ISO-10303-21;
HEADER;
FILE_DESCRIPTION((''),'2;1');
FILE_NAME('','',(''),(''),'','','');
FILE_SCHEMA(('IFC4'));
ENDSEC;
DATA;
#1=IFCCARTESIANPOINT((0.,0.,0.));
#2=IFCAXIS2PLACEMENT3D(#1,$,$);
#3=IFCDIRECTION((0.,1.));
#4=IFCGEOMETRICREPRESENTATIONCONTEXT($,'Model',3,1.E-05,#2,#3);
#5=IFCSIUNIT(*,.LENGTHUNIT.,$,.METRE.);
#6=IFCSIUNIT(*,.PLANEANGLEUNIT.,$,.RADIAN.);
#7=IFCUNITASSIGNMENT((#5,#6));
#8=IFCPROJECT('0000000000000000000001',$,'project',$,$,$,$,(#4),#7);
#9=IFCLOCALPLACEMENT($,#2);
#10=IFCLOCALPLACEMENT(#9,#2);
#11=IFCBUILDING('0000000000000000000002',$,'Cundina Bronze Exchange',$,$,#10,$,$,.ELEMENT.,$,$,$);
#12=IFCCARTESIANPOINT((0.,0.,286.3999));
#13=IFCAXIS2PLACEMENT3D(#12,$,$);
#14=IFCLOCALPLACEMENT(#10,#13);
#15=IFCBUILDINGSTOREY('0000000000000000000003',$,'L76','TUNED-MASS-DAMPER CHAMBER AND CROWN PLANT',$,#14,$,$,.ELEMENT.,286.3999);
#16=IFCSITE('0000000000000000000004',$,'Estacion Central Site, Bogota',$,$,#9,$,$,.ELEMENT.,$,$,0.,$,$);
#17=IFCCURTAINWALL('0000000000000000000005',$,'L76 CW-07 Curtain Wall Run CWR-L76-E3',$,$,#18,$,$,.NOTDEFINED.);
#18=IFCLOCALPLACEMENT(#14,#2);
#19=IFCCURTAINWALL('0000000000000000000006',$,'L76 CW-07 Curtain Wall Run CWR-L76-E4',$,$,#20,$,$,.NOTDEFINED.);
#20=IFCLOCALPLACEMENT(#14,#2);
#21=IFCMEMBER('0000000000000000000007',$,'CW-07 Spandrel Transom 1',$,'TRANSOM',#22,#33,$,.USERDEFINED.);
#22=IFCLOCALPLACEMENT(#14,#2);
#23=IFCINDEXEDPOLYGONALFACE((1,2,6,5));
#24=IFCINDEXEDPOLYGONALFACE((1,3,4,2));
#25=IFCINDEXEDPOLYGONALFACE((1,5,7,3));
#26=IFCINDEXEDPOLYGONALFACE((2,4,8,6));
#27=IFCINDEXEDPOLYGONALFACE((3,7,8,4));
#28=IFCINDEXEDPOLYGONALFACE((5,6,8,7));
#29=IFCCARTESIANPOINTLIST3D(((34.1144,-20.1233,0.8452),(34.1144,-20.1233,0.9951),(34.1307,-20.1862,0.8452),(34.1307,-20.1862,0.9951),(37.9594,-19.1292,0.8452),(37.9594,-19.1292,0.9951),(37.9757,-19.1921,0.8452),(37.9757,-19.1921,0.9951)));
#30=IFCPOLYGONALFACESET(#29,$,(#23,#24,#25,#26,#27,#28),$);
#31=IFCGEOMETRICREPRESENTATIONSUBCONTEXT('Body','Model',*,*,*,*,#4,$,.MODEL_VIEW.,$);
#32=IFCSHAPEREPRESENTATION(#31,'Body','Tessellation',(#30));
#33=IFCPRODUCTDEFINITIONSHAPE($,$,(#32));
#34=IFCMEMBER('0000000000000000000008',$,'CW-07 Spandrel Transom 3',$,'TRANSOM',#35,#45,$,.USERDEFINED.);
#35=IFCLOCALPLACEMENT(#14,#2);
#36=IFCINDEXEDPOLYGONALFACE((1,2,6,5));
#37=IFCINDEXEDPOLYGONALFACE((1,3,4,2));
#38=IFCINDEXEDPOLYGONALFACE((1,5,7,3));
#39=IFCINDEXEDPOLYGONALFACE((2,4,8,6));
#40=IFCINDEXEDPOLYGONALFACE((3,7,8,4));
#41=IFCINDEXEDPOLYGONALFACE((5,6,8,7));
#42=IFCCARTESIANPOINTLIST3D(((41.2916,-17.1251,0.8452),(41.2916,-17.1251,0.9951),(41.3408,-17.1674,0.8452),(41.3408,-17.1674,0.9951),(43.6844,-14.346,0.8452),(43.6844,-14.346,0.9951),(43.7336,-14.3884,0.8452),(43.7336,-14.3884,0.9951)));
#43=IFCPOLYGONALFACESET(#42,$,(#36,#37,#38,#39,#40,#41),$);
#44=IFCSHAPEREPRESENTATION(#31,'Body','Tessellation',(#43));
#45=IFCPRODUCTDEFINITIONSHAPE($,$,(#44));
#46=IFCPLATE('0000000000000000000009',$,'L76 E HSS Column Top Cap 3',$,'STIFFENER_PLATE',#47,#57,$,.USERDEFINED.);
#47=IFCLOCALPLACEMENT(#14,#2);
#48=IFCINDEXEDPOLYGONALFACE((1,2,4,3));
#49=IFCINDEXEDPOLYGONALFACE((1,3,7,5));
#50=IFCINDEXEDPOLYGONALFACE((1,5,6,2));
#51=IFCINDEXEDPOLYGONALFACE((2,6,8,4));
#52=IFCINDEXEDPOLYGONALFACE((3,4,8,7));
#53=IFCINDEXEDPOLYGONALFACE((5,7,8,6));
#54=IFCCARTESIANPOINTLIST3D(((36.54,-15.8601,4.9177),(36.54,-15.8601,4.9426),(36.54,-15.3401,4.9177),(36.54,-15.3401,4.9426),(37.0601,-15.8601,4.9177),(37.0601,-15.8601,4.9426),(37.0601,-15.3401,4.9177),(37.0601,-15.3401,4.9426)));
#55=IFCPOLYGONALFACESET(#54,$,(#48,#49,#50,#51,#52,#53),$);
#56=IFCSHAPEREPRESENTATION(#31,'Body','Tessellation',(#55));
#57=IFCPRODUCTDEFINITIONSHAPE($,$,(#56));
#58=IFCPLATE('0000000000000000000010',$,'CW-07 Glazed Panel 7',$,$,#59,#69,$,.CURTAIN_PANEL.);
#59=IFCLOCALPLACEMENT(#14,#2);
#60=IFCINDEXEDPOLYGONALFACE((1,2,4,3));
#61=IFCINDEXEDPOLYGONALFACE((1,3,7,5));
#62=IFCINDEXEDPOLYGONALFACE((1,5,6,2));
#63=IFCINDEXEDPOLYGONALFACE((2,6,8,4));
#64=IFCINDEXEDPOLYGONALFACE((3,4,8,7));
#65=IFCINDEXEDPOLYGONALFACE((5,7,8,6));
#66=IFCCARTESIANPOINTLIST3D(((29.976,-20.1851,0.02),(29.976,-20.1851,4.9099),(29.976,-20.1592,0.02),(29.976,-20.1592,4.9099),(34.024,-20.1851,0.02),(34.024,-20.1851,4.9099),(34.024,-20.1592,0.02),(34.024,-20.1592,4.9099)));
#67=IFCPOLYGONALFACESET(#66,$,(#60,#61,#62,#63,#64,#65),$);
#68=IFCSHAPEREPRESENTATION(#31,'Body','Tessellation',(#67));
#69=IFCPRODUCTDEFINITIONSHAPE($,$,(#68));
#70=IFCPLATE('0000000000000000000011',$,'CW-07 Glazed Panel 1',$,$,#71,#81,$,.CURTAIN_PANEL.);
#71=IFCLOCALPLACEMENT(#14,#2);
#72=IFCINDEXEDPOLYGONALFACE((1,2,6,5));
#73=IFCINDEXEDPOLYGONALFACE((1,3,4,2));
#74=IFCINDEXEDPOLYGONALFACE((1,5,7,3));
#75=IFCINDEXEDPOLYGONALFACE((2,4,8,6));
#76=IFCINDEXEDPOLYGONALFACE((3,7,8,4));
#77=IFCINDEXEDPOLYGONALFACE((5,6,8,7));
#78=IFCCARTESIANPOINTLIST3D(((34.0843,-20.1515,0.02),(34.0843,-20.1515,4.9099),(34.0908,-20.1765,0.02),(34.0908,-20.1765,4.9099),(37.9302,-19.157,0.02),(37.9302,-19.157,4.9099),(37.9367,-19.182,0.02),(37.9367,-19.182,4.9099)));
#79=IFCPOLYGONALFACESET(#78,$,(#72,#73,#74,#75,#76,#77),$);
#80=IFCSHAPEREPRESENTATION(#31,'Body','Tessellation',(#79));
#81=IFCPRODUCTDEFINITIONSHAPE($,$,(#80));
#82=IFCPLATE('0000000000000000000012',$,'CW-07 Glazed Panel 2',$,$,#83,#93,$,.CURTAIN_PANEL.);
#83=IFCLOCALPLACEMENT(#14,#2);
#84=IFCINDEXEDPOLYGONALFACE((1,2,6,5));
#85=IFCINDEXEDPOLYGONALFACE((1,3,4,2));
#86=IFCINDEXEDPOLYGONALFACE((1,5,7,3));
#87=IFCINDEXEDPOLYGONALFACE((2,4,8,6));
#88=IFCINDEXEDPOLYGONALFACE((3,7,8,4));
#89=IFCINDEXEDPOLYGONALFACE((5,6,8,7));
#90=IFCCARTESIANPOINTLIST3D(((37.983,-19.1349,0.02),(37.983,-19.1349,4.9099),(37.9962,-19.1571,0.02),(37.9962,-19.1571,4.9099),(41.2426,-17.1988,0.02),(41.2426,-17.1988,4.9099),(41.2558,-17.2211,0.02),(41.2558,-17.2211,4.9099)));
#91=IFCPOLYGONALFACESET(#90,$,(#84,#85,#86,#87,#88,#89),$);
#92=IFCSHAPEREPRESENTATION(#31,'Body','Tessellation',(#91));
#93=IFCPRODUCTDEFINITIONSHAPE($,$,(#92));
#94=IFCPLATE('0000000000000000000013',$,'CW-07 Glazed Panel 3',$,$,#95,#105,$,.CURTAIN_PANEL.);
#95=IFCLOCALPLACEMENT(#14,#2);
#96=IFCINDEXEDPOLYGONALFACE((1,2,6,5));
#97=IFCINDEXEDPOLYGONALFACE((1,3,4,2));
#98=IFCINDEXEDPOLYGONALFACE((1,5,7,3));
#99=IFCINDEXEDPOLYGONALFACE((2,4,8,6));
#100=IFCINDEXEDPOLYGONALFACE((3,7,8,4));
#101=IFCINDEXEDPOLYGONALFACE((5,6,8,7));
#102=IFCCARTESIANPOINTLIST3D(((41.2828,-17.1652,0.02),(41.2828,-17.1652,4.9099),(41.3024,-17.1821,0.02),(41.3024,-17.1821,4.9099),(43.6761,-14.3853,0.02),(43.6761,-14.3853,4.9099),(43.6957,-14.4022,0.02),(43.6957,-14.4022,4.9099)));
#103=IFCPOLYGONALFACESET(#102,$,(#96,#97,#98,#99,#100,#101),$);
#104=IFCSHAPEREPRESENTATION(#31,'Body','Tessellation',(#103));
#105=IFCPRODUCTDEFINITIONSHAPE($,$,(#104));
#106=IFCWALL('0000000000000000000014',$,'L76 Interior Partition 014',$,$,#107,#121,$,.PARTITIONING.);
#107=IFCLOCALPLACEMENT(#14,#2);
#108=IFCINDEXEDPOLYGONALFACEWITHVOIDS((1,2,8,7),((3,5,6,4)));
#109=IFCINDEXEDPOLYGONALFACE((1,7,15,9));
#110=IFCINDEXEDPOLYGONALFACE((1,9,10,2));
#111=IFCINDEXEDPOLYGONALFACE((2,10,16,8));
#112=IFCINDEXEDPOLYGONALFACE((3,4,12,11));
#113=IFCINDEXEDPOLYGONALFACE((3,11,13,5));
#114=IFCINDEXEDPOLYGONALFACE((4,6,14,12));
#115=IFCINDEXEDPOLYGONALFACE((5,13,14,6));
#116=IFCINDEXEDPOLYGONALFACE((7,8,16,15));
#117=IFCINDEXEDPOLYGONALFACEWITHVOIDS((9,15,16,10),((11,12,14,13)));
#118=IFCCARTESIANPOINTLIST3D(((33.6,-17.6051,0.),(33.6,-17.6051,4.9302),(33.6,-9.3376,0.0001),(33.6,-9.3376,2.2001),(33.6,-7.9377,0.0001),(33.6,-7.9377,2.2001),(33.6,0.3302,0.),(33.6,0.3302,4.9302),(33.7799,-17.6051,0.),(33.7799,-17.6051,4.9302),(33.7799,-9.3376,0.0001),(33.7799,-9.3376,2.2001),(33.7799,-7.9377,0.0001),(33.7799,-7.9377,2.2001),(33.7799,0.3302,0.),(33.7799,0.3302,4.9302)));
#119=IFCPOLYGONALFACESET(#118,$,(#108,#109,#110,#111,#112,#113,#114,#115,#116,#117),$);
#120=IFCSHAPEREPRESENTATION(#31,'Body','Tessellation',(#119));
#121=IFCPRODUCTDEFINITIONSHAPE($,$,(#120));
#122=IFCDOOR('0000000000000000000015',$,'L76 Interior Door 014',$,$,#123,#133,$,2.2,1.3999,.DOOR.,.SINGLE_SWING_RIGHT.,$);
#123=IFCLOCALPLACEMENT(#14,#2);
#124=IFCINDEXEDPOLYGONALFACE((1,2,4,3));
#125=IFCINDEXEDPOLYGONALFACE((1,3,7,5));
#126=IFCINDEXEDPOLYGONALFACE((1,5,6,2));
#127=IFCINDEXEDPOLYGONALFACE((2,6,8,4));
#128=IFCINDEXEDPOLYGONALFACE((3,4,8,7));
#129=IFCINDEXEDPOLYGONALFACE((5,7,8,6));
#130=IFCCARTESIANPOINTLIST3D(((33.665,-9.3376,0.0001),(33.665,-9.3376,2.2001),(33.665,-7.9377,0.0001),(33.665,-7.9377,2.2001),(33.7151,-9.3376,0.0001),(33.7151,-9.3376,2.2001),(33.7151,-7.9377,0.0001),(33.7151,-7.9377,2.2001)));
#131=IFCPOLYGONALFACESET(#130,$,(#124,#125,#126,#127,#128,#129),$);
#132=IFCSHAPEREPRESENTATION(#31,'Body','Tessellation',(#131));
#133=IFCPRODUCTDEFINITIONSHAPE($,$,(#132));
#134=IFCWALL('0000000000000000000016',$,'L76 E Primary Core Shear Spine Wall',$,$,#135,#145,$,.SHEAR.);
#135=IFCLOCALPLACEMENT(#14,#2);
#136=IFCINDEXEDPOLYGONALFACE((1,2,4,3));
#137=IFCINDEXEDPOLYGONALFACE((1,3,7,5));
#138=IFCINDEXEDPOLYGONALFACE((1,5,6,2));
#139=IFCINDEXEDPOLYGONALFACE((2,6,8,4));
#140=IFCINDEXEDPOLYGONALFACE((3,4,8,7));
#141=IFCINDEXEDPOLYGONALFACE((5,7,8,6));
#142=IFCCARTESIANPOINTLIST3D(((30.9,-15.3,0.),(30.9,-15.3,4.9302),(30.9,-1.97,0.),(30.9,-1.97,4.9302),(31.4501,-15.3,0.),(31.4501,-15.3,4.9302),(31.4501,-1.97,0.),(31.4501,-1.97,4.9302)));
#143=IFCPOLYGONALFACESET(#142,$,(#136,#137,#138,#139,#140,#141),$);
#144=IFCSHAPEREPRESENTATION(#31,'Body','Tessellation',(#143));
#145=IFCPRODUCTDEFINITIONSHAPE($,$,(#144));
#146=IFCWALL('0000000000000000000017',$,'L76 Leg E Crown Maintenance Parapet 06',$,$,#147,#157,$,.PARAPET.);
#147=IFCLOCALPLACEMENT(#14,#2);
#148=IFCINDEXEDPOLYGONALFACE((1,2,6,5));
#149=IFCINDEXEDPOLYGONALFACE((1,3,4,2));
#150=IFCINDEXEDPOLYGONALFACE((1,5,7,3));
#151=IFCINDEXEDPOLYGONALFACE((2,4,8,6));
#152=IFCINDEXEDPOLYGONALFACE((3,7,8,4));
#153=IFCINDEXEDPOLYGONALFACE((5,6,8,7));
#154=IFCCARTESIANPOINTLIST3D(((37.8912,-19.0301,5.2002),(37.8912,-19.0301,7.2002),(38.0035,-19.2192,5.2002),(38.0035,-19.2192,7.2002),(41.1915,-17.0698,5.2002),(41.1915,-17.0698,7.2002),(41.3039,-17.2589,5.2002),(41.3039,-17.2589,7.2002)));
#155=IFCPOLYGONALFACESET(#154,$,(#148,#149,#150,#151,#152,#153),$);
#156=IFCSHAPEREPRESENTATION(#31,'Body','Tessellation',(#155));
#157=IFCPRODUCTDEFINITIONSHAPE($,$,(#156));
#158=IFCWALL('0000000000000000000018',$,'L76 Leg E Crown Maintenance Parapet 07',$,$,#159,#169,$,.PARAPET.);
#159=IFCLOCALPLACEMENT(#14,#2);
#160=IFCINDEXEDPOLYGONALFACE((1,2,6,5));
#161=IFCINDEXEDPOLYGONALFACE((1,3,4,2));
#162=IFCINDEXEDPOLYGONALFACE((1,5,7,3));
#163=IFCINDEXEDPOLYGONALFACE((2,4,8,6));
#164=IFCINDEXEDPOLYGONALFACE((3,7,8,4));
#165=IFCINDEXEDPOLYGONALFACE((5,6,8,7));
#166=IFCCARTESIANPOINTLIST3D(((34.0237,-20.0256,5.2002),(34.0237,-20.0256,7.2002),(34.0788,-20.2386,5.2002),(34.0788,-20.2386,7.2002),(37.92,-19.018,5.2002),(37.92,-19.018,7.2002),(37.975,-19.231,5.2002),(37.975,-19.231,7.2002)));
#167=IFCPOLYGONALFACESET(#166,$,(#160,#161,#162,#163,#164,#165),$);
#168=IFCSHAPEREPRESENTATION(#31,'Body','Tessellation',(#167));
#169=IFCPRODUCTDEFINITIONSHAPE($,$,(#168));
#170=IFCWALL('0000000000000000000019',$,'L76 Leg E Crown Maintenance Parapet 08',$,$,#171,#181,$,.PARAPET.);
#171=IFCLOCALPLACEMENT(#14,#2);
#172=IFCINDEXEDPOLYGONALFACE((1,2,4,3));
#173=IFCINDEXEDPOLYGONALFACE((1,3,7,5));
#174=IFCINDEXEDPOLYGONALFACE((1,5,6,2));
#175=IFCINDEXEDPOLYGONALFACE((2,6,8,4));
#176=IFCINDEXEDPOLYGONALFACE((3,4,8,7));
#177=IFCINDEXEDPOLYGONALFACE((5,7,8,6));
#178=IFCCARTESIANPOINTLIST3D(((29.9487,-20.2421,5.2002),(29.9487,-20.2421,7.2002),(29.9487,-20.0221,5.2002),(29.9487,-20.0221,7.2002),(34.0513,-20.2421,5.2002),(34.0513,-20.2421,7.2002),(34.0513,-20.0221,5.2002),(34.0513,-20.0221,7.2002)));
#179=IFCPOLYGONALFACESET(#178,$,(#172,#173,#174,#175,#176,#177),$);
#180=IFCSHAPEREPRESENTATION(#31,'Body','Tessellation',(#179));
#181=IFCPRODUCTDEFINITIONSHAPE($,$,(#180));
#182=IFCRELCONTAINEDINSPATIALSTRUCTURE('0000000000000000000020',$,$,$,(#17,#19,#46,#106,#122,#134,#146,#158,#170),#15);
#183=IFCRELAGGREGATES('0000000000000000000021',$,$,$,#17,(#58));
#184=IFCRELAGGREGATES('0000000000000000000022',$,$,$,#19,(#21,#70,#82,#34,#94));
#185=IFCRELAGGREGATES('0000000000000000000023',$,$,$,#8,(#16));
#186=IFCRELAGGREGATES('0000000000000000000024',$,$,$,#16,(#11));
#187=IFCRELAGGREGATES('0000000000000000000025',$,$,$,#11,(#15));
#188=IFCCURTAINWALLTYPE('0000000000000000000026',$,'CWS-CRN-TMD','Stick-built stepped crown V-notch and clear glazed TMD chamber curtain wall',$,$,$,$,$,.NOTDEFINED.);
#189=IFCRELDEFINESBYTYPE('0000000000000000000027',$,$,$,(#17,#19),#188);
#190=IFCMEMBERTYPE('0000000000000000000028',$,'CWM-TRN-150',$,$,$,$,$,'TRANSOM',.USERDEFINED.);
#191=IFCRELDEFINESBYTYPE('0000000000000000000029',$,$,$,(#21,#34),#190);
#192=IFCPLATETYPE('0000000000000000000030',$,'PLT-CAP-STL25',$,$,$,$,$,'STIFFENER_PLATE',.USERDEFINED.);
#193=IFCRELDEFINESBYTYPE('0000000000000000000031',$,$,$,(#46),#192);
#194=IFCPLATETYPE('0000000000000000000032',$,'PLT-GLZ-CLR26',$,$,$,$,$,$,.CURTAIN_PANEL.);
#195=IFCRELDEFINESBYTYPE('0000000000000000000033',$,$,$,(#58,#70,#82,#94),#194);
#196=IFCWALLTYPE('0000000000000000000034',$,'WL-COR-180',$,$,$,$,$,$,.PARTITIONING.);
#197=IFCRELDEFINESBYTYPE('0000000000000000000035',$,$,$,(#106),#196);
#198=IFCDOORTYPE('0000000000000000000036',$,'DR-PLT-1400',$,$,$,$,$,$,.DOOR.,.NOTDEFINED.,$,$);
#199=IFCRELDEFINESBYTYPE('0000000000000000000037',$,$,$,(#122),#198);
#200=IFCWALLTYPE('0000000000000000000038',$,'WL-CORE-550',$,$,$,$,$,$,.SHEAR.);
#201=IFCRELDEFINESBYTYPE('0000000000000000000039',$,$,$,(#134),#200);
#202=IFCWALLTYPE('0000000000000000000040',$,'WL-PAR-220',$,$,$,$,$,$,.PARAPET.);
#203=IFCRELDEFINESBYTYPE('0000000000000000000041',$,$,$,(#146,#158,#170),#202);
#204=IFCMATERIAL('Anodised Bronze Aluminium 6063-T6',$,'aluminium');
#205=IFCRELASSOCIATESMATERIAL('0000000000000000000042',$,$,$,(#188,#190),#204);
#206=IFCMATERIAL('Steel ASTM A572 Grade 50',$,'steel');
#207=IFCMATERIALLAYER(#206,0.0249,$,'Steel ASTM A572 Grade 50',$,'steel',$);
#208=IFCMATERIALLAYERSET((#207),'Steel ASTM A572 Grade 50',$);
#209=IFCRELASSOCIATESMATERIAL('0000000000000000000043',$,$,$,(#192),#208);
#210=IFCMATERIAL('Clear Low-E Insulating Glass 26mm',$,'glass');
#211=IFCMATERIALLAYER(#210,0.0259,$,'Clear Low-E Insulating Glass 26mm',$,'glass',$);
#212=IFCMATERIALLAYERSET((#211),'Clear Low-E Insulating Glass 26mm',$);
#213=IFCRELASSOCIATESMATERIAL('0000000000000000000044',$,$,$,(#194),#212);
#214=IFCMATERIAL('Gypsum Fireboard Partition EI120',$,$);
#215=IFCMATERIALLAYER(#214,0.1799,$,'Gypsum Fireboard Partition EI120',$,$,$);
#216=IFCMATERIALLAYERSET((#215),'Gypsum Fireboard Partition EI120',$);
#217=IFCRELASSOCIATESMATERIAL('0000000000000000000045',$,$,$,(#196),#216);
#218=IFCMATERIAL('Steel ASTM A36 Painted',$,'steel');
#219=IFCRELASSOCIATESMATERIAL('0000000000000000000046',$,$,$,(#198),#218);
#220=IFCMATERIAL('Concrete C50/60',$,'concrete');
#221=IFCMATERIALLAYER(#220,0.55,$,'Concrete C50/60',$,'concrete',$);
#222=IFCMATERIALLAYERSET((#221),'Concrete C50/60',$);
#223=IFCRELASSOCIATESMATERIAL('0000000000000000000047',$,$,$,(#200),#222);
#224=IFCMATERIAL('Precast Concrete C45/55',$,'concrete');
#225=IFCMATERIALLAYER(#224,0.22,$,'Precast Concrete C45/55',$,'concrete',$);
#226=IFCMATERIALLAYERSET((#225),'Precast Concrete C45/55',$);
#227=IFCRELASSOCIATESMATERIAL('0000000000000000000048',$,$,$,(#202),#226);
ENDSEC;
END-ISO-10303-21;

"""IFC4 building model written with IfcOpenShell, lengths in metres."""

from ifc_helpers import new_model, si_unit, direction, frame, frame_2d, origin, origin_2d, place, context, subcontext, project, spatial, rectangle, extrude, material, layer, layer_set, material_profile, profile_set, type_object, element, fill, aggregate, save


model = new_model("IFC4")

# Units and contexts
model_context = context("Model", 3, precision=1e-05, world=origin(), true_north=direction((0.0, 1.0)))
body_context = subcontext(model_context, "Body", "Model", "MODEL_VIEW")
ifc_project = project(units=[si_unit("LENGTHUNIT", "METRE"), si_unit("PLANEANGLEUNIT", "RADIAN")], contexts=[model_context])

# Site, building, storey
site_placement = place(None, origin())
site = spatial("IfcSite", under=ifc_project, at=site_placement, Name="Estacion Central Site, Bogota", CompositionType="ELEMENT", RefElevation=0.0)
building_placement = place(site_placement, origin())
building = spatial("IfcBuilding", under=site, at=building_placement, Name="Cundina Bronze Exchange", CompositionType="ELEMENT")
storey_placement = place(building_placement, frame((0.0, 0.0, 286.3999)))
storey = spatial("IfcBuildingStorey", under=building, at=storey_placement, Name="L76", Description="TUNED-MASS-DAMPER CHAMBER AND CROWN PLANT", CompositionType="ELEMENT", Elevation=286.3999)

# Curtain wall
ifc_material_1 = material(Name="Anodised Bronze Aluminium 6063-T6", Category="aluminium")
curtain_wall_type = type_object("IfcCurtainWallType", Name="CWS-CRN-TMD", Description="Stick-built stepped crown V-notch and clear glazed TMD chamber curtain wall", PredefinedType="NOTDEFINED", material=ifc_material_1)
curtain_wall_1_placement = place(storey_placement, origin())
curtain_wall_1 = element("IfcCurtainWall", 1, at=curtain_wall_1_placement, inside=storey, type_object=curtain_wall_type, Name="L76 CW-07 Curtain Wall Run CWR-L76-E3", PredefinedType="NOTDEFINED")

# Curtain wall
curtain_wall_2_placement = place(storey_placement, origin())
curtain_wall_2 = element("IfcCurtainWall", 2, at=curtain_wall_2_placement, inside=storey, type_object=curtain_wall_type, Name="L76 CW-07 Curtain Wall Run CWR-L76-E4", PredefinedType="NOTDEFINED")

# Members
ifc_material_profile_1 = material_profile(ifc_material_1, rectangle(XDim=0.0649, YDim=0.1499, at=origin_2d()), Name="AL65X150", Category="aluminium")
ifc_profile_set_1 = profile_set([ifc_material_profile_1], Name="Anodised Bronze Aluminium 6063-T6")
member_type_1 = type_object("IfcMemberType", Name="CWM-TRN-150", ElementType="TRANSOM", PredefinedType="USERDEFINED", material=ifc_profile_set_1)
member_1_placement = place(storey_placement, frame((34.1226, -20.1548, 0.9202), z_axis=(0.968162, 0.250324, 0.0), x_axis=(-0.250324, 0.968162, 0.0)))
member_1 = element("IfcMember", 3, at=member_1_placement, type_object=member_type_1, Name="CW-07 Spandrel Transom 1", ObjectType="TRANSOM", PredefinedType="USERDEFINED", context=body_context, shape_type="SweptSolid", body=[
    extrude(rectangle(XDim=0.0649, YDim=0.1499, at=origin_2d()), origin(), (0.0, 0.0, 1.0), 3.9714),
])
member_2_placement = place(storey_placement, frame((41.3162, -17.1462, 0.9202), z_axis=(0.652484, 0.757803, 0.0), x_axis=(-0.757803, 0.652484, 0.0)))
member_2 = element("IfcMember", 4, at=member_2_placement, type_object=member_type_1, Name="CW-07 Spandrel Transom 3", ObjectType="TRANSOM", PredefinedType="USERDEFINED", context=body_context, shape_type="SweptSolid", body=[
    extrude(rectangle(XDim=0.0649, YDim=0.1499, at=origin_2d()), origin(), (0.0, 0.0, 1.0), 3.6672),
])

# Plates
ifc_material_2 = material(Name="Steel ASTM A572 Grade 50", Category="steel")
ifc_layer_1 = layer(ifc_material_2, 0.0249, Name="Steel ASTM A572 Grade 50", Category="steel")
ifc_layer_set_1 = layer_set([ifc_layer_1], Name="Steel ASTM A572 Grade 50")
plate_type_1 = type_object("IfcPlateType", Name="PLT-CAP-STL25", ElementType="STIFFENER_PLATE", PredefinedType="USERDEFINED", material=ifc_layer_set_1)
plate_1_placement = place(storey_placement, frame((36.8, -15.6001, 4.9177), z_axis=(0.0, 0.0, 1.0), x_axis=(1.0, 0.0, 0.0)))
element("IfcPlate", 5, at=plate_1_placement, inside=storey, type_object=plate_type_1, Name="L76 E HSS Column Top Cap 3", ObjectType="STIFFENER_PLATE", PredefinedType="USERDEFINED", context=body_context, shape_type="SweptSolid", body=[
    extrude(rectangle(XDim=0.52, YDim=0.52, at=origin_2d()), origin(), (0.0, 0.0, 1.0), 0.0249),
])
ifc_material_3 = material(Name="Clear Low-E Insulating Glass 26mm", Category="glass")
ifc_layer_2 = layer(ifc_material_3, 0.0259, Name="Clear Low-E Insulating Glass 26mm", Category="glass")
ifc_layer_set_2 = layer_set([ifc_layer_2], Name="Clear Low-E Insulating Glass 26mm")
plate_type_2 = type_object("IfcPlateType", Name="PLT-GLZ-CLR26", PredefinedType="CURTAIN_PANEL", material=ifc_layer_set_2)
plate_2_placement = place(storey_placement, frame((32.0, -20.1721, 0.02), z_axis=(0.0, 0.0, 1.0), x_axis=(1.0, 0.0, 0.0)))
plate_2 = element("IfcPlate", 6, at=plate_2_placement, type_object=plate_type_2, Name="CW-07 Glazed Panel 7", PredefinedType="CURTAIN_PANEL", context=body_context, shape_type="SweptSolid", body=[
    extrude(rectangle(XDim=4.0481, YDim=0.0259, at=origin_2d()), origin(), (0.0, 0.0, 1.0), 4.8899),
])
aggregate(curtain_wall_1, [plate_2])
plate_3_placement = place(storey_placement, frame((36.0105, -19.6667, 0.02), z_axis=(0.0, 0.0, 1.0), x_axis=(0.968156, 0.250346, 0.0)))
plate_3 = element("IfcPlate", 7, at=plate_3_placement, type_object=plate_type_2, Name="CW-07 Glazed Panel 1", PredefinedType="CURTAIN_PANEL", context=body_context, shape_type="SweptSolid", body=[
    extrude(rectangle(XDim=3.9724, YDim=0.0259, at=origin_2d()), origin(), (0.0, 0.0, 1.0), 4.8899),
])
plate_4_placement = place(storey_placement, frame((39.6194, -18.178, 0.02), z_axis=(0.0, 0.0, 1.0), x_axis=(0.859781, 0.510663, 0.0)))
plate_4 = element("IfcPlate", 8, at=plate_4_placement, type_object=plate_type_2, Name="CW-07 Glazed Panel 2", PredefinedType="CURTAIN_PANEL", context=body_context, shape_type="SweptSolid", body=[
    extrude(rectangle(XDim=3.7913, YDim=0.0259, at=origin_2d()), origin(), (0.0, 0.0, 1.0), 4.8899),
])
plate_5_placement = place(storey_placement, frame((42.4893, -15.7837, 0.02), z_axis=(0.0, 0.0, 1.0), x_axis=(0.652456, 0.757827, 0.0)))
plate_5 = element("IfcPlate", 9, at=plate_5_placement, type_object=plate_type_2, Name="CW-07 Glazed Panel 3", PredefinedType="CURTAIN_PANEL", context=body_context, shape_type="SweptSolid", body=[
    extrude(rectangle(XDim=3.6682, YDim=0.0259, at=origin_2d()), origin(), (0.0, 0.0, 1.0), 4.8899),
])
aggregate(curtain_wall_2, [member_1, plate_3, plate_4, member_2, plate_5])

# Wall, opening, door
ifc_material_4 = material(Name="Gypsum Fireboard Partition EI120")
ifc_layer_3 = layer(ifc_material_4, 0.1799, Name="Gypsum Fireboard Partition EI120")
ifc_layer_set_3 = layer_set([ifc_layer_3], Name="Gypsum Fireboard Partition EI120")
wall_type_1 = type_object("IfcWallType", Name="WL-COR-180", PredefinedType="PARTITIONING", material=ifc_layer_set_3)
wall_1_placement = place(storey_placement, frame((33.6899, -17.6052, 0.0), z_axis=(0.0, 0.0, 1.0), x_axis=(0.0, 1.0, 0.0)))
wall_1 = element("IfcWall", 10, at=wall_1_placement, inside=storey, type_object=wall_type_1, Name="L76 Interior Partition 014", PredefinedType="PARTITIONING", context=body_context, shape_type="SweptSolid", body=[
    extrude(rectangle(XDim=17.9353, YDim=0.1799, at=frame_2d((8.9678, 0.0))), origin(), (0.0, 0.0, 1.0), 4.9302),
])
opening_placement = place(wall_1_placement, frame((8.2676, 0.0, 0.0)))
opening = element("IfcOpeningElement", 11, at=opening_placement, cuts=wall_1, PredefinedType="OPENING", context=body_context, shape_type="SweptSolid", body=[
    extrude(rectangle(XDim=1.3999, YDim=2.2, at=frame_2d((0.7, 1.1001))), frame((0.0, 0.0999, 0.0), z_axis=(0.0, -1.0, 0.0), x_axis=(1.0, 0.0, 0.0)), (0.0, 0.0, 1.0), 0.2),
])
ifc_material_5 = material(Name="Steel ASTM A36 Painted", Category="steel")
door_type = type_object("IfcDoorType", Name="DR-PLT-1400", OperationType="NOTDEFINED", PredefinedType="DOOR", material=ifc_material_5)
door_placement = place(opening_placement, origin())
door = element("IfcDoor", 12, at=door_placement, inside=storey, type_object=door_type, Name="L76 Interior Door 014", OperationType="SINGLE_SWING_RIGHT", OverallHeight=2.2, OverallWidth=1.3999, PredefinedType="DOOR", context=body_context, shape_type="SweptSolid", body=[
    extrude(rectangle(XDim=1.3999, YDim=2.2, at=frame_2d((0.7, 1.1001))), frame((0.0, 0.0249, 0.0), z_axis=(0.0, -1.0, 0.0), x_axis=(1.0, 0.0, 0.0)), (0.0, 0.0, 1.0), 0.05),
])
fill(opening, door)

# Walls
ifc_material_6 = material(Name="Concrete C50/60", Category="concrete")
ifc_layer_4 = layer(ifc_material_6, 0.55, Name="Concrete C50/60", Category="concrete")
ifc_layer_set_4 = layer_set([ifc_layer_4], Name="Concrete C50/60")
wall_type_2 = type_object("IfcWallType", Name="WL-CORE-550", PredefinedType="SHEAR", material=ifc_layer_set_4)
wall_2_placement = place(storey_placement, frame((31.175, -15.3, 0.0), z_axis=(0.0, 0.0, 1.0), x_axis=(0.0, 1.0, 0.0)))
element("IfcWall", 13, at=wall_2_placement, inside=storey, type_object=wall_type_2, Name="L76 E Primary Core Shear Spine Wall", PredefinedType="SHEAR", context=body_context, shape_type="SweptSolid", body=[
    extrude(rectangle(XDim=13.3301, YDim=0.55, at=frame_2d((6.665, 0.0))), origin(), (0.0, 0.0, 1.0), 4.9302),
])
ifc_material_7 = material(Name="Precast Concrete C45/55", Category="concrete")
ifc_layer_5 = layer(ifc_material_7, 0.22, Name="Precast Concrete C45/55", Category="concrete")
ifc_layer_set_5 = layer_set([ifc_layer_5], Name="Precast Concrete C45/55")
wall_type_3 = type_object("IfcWallType", Name="WL-PAR-220", PredefinedType="PARAPET", material=ifc_layer_set_5)
wall_3_placement = place(storey_placement, frame((41.2478, -17.1643, 5.2002), z_axis=(0.0, 0.0, 1.0), x_axis=(-0.85978, -0.510665, 0.0)))
element("IfcWall", 14, at=wall_3_placement, inside=storey, type_object=wall_type_3, Name="L76 Leg E Crown Maintenance Parapet 06", PredefinedType="PARAPET", context=body_context, shape_type="SweptSolid", body=[
    extrude(rectangle(XDim=3.8386, YDim=0.22, at=frame_2d((1.9194, 0.0))), origin(), (0.0, 0.0, 1.0), 2.0),
])
wall_4_placement = place(storey_placement, frame((37.9475, -19.1245, 5.2002), z_axis=(0.0, 0.0, 1.0), x_axis=(-0.968152, -0.250364, 0.0)))
element("IfcWall", 15, at=wall_4_placement, inside=storey, type_object=wall_type_3, Name="L76 Leg E Crown Maintenance Parapet 07", PredefinedType="PARAPET", context=body_context, shape_type="SweptSolid", body=[
    extrude(rectangle(XDim=4.0244, YDim=0.22, at=frame_2d((2.0122, 0.0))), origin(), (0.0, 0.0, 1.0), 2.0),
])
wall_5_placement = place(storey_placement, frame((34.0513, -20.1321, 5.2002), z_axis=(0.0, 0.0, 1.0), x_axis=(-1.0, 0.0, 0.0)))
element("IfcWall", 16, at=wall_5_placement, inside=storey, type_object=wall_type_3, Name="L76 Leg E Crown Maintenance Parapet 08", PredefinedType="PARAPET", context=body_context, shape_type="SweptSolid", body=[
    extrude(rectangle(XDim=4.1025, YDim=0.22, at=frame_2d((2.0513, 0.0))), origin(), (0.0, 0.0, 1.0), 2.0),
])

save(model, "model.ifc")
